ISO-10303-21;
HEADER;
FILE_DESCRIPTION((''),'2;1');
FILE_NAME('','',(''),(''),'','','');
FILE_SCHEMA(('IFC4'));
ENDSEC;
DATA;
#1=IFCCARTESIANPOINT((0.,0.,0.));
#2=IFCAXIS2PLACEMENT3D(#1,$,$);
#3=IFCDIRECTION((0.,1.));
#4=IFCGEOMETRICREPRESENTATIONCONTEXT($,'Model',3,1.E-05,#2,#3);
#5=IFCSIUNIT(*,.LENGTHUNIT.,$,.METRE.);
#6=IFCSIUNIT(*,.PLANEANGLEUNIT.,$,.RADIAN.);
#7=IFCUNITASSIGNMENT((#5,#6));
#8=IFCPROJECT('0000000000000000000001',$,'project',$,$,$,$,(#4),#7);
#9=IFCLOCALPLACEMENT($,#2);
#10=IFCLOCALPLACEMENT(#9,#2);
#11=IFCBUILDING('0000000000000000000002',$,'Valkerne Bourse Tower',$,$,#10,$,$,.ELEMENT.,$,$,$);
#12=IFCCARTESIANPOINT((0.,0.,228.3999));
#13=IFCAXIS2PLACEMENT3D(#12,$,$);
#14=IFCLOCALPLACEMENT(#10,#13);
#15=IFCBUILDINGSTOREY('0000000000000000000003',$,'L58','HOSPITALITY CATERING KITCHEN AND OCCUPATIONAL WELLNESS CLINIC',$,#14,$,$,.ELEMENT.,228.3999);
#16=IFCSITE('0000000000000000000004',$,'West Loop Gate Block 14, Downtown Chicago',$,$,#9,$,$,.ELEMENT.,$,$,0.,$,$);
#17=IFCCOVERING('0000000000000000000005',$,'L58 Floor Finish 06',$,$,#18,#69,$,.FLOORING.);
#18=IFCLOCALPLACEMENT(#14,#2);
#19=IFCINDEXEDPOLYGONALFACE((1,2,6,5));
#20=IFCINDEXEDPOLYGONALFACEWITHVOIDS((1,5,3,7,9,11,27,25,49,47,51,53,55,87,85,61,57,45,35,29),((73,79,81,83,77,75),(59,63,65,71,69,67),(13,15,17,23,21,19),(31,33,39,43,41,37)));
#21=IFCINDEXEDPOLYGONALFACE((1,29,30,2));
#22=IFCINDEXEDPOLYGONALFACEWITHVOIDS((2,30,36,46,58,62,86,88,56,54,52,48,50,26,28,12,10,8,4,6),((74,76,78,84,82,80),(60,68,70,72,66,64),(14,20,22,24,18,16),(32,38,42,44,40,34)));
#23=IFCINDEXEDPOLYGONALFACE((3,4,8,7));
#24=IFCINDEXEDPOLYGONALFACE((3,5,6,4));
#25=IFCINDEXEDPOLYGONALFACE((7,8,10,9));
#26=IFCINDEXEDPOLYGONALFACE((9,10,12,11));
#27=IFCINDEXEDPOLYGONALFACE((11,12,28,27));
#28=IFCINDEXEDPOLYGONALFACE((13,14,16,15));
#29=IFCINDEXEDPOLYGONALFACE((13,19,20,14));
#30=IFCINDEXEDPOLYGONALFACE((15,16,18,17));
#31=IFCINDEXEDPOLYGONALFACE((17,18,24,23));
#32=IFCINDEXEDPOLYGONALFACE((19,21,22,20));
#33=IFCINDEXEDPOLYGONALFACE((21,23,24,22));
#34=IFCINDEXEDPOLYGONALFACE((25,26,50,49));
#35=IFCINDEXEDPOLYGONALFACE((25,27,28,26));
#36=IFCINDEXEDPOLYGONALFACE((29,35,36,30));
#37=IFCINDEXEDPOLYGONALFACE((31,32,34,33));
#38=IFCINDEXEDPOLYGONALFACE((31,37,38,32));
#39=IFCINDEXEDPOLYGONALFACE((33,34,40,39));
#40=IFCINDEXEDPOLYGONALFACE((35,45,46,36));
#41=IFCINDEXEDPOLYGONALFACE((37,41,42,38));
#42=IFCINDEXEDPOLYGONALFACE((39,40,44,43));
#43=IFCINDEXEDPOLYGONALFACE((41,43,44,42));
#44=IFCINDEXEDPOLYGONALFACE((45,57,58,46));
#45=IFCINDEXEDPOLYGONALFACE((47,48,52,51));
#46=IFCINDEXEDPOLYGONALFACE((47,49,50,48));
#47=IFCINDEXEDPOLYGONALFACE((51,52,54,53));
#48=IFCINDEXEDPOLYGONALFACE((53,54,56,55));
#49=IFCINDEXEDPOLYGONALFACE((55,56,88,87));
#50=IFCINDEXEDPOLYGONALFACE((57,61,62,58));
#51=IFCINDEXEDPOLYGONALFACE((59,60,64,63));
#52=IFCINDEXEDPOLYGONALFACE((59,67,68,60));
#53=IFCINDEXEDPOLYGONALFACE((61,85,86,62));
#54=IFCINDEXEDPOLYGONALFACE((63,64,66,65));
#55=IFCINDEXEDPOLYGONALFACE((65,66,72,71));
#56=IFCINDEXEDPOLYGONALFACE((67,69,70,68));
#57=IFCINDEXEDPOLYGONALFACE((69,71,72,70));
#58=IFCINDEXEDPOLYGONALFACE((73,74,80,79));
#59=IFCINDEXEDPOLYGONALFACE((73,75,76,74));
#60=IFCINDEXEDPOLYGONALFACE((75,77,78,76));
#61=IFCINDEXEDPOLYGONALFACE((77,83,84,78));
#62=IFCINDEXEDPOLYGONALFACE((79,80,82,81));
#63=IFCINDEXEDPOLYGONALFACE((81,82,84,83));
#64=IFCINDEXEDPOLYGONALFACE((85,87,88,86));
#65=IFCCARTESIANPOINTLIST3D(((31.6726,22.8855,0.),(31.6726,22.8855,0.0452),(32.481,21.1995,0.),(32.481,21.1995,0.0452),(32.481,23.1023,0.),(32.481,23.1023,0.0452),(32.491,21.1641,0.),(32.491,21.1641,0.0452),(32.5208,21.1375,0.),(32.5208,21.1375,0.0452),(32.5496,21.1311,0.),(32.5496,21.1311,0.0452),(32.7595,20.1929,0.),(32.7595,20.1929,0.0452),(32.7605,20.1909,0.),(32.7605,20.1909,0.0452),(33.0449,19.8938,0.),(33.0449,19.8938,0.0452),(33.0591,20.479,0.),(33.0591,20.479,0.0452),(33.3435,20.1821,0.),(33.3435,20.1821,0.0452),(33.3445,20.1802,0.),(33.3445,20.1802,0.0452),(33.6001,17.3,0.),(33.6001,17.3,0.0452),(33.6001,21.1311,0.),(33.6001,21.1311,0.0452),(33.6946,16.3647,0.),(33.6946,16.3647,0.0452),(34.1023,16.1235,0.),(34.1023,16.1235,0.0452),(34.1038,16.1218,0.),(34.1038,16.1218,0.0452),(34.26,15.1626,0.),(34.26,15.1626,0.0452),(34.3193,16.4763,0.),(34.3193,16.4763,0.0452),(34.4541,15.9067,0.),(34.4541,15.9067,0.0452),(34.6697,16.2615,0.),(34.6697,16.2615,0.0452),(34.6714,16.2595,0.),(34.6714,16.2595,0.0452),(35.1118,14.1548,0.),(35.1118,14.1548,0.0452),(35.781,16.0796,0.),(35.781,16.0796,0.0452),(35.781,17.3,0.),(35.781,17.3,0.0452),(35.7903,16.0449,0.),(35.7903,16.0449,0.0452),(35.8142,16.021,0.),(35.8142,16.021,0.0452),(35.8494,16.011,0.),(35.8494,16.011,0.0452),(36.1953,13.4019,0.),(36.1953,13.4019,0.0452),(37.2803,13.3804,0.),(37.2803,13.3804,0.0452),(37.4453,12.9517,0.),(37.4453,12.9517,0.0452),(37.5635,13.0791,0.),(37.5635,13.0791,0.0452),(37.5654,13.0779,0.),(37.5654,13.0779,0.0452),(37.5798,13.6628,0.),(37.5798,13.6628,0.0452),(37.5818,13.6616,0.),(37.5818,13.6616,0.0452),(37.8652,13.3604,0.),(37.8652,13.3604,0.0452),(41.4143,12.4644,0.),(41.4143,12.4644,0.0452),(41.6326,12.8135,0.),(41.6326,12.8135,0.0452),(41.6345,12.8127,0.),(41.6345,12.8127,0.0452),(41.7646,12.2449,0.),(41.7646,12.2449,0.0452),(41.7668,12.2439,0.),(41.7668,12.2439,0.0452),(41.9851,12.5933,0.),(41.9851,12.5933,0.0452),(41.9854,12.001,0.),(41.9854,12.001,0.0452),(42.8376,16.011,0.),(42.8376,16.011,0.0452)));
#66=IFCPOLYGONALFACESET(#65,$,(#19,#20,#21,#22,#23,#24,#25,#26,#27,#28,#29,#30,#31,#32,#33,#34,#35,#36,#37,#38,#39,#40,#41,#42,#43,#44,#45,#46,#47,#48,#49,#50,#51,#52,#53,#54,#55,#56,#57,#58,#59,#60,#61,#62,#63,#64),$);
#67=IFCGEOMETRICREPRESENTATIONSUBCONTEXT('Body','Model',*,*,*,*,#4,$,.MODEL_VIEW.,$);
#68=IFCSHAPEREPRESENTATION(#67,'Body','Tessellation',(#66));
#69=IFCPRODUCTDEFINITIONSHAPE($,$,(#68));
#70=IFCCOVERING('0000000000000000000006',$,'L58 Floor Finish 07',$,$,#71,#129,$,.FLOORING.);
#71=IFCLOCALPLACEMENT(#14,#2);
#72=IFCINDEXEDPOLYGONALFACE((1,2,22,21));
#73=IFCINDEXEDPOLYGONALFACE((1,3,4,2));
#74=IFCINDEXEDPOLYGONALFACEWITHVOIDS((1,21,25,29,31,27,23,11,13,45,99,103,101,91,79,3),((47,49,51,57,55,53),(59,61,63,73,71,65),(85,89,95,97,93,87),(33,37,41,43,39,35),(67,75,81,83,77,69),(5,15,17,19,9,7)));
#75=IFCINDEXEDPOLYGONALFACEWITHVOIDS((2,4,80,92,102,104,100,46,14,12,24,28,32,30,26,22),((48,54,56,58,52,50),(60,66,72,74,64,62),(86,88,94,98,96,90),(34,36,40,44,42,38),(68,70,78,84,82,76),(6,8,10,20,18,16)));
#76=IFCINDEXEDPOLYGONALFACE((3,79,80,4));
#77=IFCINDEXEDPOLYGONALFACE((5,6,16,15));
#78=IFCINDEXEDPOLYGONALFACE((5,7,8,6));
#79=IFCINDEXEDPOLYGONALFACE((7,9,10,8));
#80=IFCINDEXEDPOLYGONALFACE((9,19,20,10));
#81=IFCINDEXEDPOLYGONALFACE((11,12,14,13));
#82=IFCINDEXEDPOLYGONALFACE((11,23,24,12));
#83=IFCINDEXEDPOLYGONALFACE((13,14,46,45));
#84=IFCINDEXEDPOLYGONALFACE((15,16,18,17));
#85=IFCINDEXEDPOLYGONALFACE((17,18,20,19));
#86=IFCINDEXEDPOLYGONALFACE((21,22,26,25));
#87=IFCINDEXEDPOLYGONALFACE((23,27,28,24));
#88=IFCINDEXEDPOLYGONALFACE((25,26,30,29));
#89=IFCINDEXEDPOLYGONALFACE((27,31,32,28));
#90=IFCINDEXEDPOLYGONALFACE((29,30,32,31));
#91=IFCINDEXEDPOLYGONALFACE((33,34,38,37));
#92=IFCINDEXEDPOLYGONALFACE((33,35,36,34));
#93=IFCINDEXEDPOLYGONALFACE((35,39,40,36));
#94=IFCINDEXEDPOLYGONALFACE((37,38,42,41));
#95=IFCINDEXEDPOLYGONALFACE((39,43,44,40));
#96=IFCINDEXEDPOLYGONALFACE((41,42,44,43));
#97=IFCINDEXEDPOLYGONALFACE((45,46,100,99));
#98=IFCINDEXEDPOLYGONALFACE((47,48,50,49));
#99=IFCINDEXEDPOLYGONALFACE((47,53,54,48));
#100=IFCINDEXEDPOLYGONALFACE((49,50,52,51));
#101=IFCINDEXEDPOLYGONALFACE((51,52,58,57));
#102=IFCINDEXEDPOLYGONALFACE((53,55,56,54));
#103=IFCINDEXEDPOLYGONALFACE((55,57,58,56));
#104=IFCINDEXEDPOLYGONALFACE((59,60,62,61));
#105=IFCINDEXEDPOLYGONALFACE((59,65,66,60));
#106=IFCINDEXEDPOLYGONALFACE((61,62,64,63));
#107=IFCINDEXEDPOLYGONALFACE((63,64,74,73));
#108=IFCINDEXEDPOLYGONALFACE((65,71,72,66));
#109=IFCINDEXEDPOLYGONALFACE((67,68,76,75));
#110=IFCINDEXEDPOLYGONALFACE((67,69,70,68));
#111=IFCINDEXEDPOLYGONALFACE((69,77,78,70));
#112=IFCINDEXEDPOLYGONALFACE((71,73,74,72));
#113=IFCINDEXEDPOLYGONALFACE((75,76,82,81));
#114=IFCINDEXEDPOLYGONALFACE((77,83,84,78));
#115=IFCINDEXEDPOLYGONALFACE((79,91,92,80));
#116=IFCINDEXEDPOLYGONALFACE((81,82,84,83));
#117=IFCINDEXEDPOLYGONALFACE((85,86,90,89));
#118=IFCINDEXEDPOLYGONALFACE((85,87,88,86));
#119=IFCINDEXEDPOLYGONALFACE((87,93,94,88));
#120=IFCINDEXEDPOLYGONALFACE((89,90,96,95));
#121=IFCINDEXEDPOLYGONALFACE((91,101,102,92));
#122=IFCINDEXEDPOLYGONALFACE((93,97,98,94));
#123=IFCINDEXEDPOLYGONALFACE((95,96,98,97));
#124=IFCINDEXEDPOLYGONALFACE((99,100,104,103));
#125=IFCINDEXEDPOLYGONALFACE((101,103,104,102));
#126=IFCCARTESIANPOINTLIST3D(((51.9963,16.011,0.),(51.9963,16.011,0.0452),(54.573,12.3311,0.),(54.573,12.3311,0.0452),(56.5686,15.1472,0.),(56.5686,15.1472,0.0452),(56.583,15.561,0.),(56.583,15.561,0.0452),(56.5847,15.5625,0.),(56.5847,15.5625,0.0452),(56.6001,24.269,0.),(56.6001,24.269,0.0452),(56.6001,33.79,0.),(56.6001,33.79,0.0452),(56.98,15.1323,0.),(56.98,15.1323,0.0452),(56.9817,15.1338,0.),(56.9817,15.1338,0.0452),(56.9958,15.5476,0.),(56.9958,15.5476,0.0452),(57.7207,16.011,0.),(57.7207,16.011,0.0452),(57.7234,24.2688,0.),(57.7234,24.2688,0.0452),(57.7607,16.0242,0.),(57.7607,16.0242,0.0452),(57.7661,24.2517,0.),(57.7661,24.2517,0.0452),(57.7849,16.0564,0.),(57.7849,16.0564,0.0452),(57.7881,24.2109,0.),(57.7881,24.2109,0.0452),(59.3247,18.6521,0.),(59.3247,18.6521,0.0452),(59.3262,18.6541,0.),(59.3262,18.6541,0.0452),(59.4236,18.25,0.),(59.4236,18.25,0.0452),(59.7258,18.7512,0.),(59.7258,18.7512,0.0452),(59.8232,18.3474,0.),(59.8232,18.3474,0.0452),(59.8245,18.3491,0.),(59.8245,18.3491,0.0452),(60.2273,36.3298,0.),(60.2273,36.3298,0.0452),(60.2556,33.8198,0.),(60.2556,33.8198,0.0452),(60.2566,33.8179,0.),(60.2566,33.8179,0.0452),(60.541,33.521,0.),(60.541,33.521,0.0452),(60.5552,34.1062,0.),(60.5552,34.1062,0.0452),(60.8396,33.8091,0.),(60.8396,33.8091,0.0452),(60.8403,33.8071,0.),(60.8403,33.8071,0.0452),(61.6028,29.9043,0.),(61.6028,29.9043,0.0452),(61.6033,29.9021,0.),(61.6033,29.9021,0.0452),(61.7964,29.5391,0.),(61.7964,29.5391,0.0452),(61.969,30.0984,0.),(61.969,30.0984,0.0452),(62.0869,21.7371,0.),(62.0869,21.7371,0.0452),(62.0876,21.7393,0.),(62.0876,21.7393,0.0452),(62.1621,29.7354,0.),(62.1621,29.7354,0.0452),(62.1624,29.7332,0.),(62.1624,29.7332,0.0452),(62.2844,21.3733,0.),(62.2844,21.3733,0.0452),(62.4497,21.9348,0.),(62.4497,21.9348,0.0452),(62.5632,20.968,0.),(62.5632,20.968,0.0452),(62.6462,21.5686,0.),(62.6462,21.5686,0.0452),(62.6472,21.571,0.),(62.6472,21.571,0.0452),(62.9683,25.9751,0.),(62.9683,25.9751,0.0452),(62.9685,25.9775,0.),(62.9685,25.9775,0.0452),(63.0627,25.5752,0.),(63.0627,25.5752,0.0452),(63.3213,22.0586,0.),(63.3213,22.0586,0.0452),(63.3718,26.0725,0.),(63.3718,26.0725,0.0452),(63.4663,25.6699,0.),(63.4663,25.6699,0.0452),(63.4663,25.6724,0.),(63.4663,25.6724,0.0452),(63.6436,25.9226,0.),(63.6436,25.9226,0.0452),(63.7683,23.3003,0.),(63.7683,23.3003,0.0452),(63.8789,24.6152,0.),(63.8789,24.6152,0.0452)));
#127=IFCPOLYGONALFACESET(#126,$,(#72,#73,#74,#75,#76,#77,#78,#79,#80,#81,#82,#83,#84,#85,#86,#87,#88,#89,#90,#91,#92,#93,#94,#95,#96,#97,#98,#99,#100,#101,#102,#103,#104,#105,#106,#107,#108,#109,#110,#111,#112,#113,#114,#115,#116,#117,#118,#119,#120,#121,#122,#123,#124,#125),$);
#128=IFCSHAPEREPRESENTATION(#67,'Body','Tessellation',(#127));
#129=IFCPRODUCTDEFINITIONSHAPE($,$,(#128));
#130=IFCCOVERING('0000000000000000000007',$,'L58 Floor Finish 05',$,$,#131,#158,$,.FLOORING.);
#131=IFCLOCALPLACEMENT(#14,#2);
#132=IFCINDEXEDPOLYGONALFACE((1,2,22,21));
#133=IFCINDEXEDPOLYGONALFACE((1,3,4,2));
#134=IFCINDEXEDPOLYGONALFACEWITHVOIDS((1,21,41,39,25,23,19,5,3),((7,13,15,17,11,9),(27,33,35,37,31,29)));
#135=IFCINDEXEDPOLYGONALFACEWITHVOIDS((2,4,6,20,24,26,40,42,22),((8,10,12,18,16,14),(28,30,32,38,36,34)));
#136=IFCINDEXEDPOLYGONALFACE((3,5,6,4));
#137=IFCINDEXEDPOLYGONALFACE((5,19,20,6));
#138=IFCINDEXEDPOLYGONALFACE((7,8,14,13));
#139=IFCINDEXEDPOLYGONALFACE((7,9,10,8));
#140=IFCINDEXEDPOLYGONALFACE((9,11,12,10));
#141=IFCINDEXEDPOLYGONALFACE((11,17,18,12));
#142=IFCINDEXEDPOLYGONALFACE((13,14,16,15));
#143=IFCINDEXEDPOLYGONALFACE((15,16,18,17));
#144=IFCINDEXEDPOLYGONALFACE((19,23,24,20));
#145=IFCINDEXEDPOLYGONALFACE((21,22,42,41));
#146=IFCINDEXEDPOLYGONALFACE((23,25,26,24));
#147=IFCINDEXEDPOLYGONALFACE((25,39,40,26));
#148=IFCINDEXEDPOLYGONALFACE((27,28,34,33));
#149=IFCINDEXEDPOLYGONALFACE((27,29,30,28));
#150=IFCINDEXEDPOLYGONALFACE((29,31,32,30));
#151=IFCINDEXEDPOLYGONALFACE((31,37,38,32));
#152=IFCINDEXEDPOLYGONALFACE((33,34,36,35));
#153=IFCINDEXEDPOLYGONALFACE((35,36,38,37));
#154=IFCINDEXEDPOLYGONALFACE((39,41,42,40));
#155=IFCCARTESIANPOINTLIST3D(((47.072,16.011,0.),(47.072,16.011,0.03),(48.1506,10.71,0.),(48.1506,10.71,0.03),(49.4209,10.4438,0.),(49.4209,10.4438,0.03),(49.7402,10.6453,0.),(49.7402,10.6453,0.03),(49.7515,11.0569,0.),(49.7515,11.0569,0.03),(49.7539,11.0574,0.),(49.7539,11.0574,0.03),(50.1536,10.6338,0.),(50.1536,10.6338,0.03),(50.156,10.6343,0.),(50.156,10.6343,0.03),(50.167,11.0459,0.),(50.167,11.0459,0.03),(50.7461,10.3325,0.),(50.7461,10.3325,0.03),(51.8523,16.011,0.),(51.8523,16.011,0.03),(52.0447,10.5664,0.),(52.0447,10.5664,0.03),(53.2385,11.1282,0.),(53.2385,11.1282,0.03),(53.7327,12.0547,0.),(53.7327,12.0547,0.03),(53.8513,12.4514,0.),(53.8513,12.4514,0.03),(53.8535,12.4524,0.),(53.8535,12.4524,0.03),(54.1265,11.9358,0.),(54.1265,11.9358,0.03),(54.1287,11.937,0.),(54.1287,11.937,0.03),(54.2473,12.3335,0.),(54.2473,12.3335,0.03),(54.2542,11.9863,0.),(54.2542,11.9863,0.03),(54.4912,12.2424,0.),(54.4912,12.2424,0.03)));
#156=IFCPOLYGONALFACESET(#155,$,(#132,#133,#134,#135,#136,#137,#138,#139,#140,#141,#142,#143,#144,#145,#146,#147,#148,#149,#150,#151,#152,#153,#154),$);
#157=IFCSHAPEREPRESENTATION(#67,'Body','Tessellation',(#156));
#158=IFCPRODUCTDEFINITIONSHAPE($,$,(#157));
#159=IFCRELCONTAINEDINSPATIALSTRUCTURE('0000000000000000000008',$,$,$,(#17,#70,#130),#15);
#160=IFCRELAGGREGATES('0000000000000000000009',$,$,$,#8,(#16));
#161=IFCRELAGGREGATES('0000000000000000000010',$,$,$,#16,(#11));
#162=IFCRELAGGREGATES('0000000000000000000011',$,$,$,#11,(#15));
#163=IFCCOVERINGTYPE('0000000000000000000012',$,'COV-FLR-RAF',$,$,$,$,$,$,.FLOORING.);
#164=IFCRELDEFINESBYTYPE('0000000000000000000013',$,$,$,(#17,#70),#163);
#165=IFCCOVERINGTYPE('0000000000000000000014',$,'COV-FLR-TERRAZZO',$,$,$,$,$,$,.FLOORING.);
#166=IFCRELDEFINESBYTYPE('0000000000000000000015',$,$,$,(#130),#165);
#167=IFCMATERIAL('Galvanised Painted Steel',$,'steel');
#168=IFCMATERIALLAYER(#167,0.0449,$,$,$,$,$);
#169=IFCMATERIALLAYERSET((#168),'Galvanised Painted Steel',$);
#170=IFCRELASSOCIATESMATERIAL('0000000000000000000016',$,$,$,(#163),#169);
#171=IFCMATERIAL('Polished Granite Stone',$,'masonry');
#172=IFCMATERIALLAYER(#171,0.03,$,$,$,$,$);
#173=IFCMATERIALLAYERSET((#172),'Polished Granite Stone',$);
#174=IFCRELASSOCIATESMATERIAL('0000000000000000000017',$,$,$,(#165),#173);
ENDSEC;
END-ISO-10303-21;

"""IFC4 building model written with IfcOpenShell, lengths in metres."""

from ifc_helpers import new_model, si_unit, direction, frame, origin, place, context, subcontext, project, spatial, polyline, outline, extrude, material, layer, layer_set, type_object, element, save


model = new_model("IFC4")

# Units and contexts
model_context = context("Model", 3, precision=1e-05, world=origin(), true_north=direction((0.0, 1.0)))
body_context = subcontext(model_context, "Body", "Model", "MODEL_VIEW")
ifc_project = project(units=[si_unit("LENGTHUNIT", "METRE"), si_unit("PLANEANGLEUNIT", "RADIAN")], contexts=[model_context])

# Site, building, storey
site_placement = place(None, origin())
site = spatial("IfcSite", under=ifc_project, at=site_placement, Name="West Loop Gate Block 14, Downtown Chicago", CompositionType="ELEMENT", RefElevation=0.0)
building_placement = place(site_placement, origin())
building = spatial("IfcBuilding", under=site, at=building_placement, Name="Valkerne Bourse Tower", CompositionType="ELEMENT")
storey_placement = place(building_placement, frame((0.0, 0.0, 228.3999)))
storey = spatial("IfcBuildingStorey", under=building, at=storey_placement, Name="L58", Description="HOSPITALITY CATERING KITCHEN AND OCCUPATIONAL WELLNESS CLINIC", CompositionType="ELEMENT", Elevation=228.3999)

# Coverings
ifc_material_1 = material(Name="Galvanised Painted Steel", Category="steel")
ifc_layer_1 = layer(ifc_material_1, 0.0449)
ifc_layer_set_1 = layer_set([ifc_layer_1], Name="Galvanised Painted Steel")
covering_type_1 = type_object("IfcCoveringType", Name="COV-FLR-RAF", PredefinedType="FLOORING", material=ifc_layer_set_1)
covering_1_placement = place(storey_placement, origin())
element("IfcCovering", 1, at=covering_1_placement, inside=storey, type_object=covering_type_1, Name="L58 Floor Finish 06", PredefinedType="FLOORING", context=body_context, shape_type="SweptSolid", body=[
    extrude(outline(polyline([(35.1118, 14.1548), (34.26, 15.1626), (33.6946, 16.3647), (31.6726, 22.8855), (32.481, 23.1023), (32.481, 21.1995), (32.491, 21.1641), (32.5208, 21.1375), (32.5496, 21.1311), (33.6001, 21.1311), (33.6001, 17.3), (35.781, 17.3), (35.781, 16.0796), (35.7903, 16.0449), (35.8142, 16.021), (35.8494, 16.011), (42.8376, 16.011), (41.9854, 12.001), (37.4453, 12.9517), (36.1953, 13.4019), (35.1118, 14.1548)]), holes=[polyline([(41.6345, 12.8127), (41.6326, 12.8135), (41.4143, 12.4644), (41.7646, 12.2449), (41.7668, 12.2439), (41.9851, 12.5933), (41.6345, 12.8127)]), polyline([(37.5818, 13.6616), (37.5798, 13.6628), (37.2803, 13.3804), (37.5635, 13.0791), (37.5654, 13.0779), (37.8652, 13.3604), (37.5818, 13.6616)]), polyline([(34.6697, 16.2615), (34.3193, 16.4763), (34.1023, 16.1235), (34.1038, 16.1218), (34.4541, 15.9067), (34.6714, 16.2595), (34.6697, 16.2615)]), polyline([(33.3435, 20.1821), (33.0591, 20.479), (32.7595, 20.1929), (32.7605, 20.1909), (33.0449, 19.8938), (33.3445, 20.1802), (33.3435, 20.1821)])]), origin(), (0.0, 0.0, 1.0), 0.0452),
])
covering_2_placement = place(storey_placement, origin())
element("IfcCovering", 2, at=covering_2_placement, inside=storey, type_object=covering_type_1, Name="L58 Floor Finish 07", PredefinedType="FLOORING", context=body_context, shape_type="SweptSolid", body=[
    extrude(outline(polyline([(63.3213, 22.0586), (62.5632, 20.968), (54.573, 12.3311), (51.9963, 16.011), (57.7207, 16.011), (57.7607, 16.0242), (57.7849, 16.0564), (57.7881, 24.2109), (57.7661, 24.2517), (57.7234, 24.2688), (56.6001, 24.269), (56.6001, 33.79), (60.2273, 36.3298), (63.6436, 25.9226), (63.8789, 24.6152), (63.7683, 23.3003), (63.3213, 22.0586)]), holes=[polyline([(56.9958, 15.5476), (56.5847, 15.5625), (56.583, 15.561), (56.5686, 15.1472), (56.98, 15.1323), (56.9817, 15.1338), (56.9958, 15.5476)]), polyline([(59.8245, 18.3491), (59.7258, 18.7512), (59.3262, 18.6541), (59.3247, 18.6521), (59.4236, 18.25), (59.8232, 18.3474), (59.8245, 18.3491)]), polyline([(62.6472, 21.571), (62.4497, 21.9348), (62.0876, 21.7393), (62.0869, 21.7371), (62.2844, 21.3733), (62.6462, 21.5686), (62.6472, 21.571)]), polyline([(63.4663, 25.6699), (63.4663, 25.6724), (63.3718, 26.0725), (62.9685, 25.9775), (62.9683, 25.9751), (63.0627, 25.5752), (63.4663, 25.6699)]), polyline([(62.1621, 29.7354), (61.969, 30.0984), (61.6028, 29.9043), (61.6033, 29.9021), (61.7964, 29.5391), (62.1624, 29.7332), (62.1621, 29.7354)]), polyline([(60.8396, 33.8091), (60.5552, 34.1062), (60.2556, 33.8198), (60.2566, 33.8179), (60.541, 33.521), (60.8403, 33.8071), (60.8396, 33.8091)])]), origin(), (0.0, 0.0, 1.0), 0.0452),
])
ifc_material_2 = material(Name="Polished Granite Stone", Category="masonry")
ifc_layer_2 = layer(ifc_material_2, 0.03)
ifc_layer_set_2 = layer_set([ifc_layer_2], Name="Polished Granite Stone")
covering_type_2 = type_object("IfcCoveringType", Name="COV-FLR-TERRAZZO", PredefinedType="FLOORING", material=ifc_layer_set_2)
covering_3_placement = place(storey_placement, origin())
element("IfcCovering", 3, at=covering_3_placement, inside=storey, type_object=covering_type_2, Name="L58 Floor Finish 05", PredefinedType="FLOORING", context=body_context, shape_type="SweptSolid", body=[
    extrude(outline(polyline([(52.0447, 10.5664), (50.7461, 10.3325), (49.4209, 10.4438), (48.1506, 10.71), (47.072, 16.011), (51.8523, 16.011), (54.4912, 12.2424), (54.2542, 11.9863), (53.2385, 11.1282), (52.0447, 10.5664)]), holes=[polyline([(50.167, 11.0459), (49.7539, 11.0574), (49.7515, 11.0569), (49.7402, 10.6453), (50.1536, 10.6338), (50.156, 10.6343), (50.167, 11.0459)]), polyline([(54.2473, 12.3335), (53.8535, 12.4524), (53.8513, 12.4514), (53.7327, 12.0547), (54.1265, 11.9358), (54.1287, 11.937), (54.2473, 12.3335)])]), origin(), (0.0, 0.0, 1.0), 0.03),
])

save(model, "model.ifc")
